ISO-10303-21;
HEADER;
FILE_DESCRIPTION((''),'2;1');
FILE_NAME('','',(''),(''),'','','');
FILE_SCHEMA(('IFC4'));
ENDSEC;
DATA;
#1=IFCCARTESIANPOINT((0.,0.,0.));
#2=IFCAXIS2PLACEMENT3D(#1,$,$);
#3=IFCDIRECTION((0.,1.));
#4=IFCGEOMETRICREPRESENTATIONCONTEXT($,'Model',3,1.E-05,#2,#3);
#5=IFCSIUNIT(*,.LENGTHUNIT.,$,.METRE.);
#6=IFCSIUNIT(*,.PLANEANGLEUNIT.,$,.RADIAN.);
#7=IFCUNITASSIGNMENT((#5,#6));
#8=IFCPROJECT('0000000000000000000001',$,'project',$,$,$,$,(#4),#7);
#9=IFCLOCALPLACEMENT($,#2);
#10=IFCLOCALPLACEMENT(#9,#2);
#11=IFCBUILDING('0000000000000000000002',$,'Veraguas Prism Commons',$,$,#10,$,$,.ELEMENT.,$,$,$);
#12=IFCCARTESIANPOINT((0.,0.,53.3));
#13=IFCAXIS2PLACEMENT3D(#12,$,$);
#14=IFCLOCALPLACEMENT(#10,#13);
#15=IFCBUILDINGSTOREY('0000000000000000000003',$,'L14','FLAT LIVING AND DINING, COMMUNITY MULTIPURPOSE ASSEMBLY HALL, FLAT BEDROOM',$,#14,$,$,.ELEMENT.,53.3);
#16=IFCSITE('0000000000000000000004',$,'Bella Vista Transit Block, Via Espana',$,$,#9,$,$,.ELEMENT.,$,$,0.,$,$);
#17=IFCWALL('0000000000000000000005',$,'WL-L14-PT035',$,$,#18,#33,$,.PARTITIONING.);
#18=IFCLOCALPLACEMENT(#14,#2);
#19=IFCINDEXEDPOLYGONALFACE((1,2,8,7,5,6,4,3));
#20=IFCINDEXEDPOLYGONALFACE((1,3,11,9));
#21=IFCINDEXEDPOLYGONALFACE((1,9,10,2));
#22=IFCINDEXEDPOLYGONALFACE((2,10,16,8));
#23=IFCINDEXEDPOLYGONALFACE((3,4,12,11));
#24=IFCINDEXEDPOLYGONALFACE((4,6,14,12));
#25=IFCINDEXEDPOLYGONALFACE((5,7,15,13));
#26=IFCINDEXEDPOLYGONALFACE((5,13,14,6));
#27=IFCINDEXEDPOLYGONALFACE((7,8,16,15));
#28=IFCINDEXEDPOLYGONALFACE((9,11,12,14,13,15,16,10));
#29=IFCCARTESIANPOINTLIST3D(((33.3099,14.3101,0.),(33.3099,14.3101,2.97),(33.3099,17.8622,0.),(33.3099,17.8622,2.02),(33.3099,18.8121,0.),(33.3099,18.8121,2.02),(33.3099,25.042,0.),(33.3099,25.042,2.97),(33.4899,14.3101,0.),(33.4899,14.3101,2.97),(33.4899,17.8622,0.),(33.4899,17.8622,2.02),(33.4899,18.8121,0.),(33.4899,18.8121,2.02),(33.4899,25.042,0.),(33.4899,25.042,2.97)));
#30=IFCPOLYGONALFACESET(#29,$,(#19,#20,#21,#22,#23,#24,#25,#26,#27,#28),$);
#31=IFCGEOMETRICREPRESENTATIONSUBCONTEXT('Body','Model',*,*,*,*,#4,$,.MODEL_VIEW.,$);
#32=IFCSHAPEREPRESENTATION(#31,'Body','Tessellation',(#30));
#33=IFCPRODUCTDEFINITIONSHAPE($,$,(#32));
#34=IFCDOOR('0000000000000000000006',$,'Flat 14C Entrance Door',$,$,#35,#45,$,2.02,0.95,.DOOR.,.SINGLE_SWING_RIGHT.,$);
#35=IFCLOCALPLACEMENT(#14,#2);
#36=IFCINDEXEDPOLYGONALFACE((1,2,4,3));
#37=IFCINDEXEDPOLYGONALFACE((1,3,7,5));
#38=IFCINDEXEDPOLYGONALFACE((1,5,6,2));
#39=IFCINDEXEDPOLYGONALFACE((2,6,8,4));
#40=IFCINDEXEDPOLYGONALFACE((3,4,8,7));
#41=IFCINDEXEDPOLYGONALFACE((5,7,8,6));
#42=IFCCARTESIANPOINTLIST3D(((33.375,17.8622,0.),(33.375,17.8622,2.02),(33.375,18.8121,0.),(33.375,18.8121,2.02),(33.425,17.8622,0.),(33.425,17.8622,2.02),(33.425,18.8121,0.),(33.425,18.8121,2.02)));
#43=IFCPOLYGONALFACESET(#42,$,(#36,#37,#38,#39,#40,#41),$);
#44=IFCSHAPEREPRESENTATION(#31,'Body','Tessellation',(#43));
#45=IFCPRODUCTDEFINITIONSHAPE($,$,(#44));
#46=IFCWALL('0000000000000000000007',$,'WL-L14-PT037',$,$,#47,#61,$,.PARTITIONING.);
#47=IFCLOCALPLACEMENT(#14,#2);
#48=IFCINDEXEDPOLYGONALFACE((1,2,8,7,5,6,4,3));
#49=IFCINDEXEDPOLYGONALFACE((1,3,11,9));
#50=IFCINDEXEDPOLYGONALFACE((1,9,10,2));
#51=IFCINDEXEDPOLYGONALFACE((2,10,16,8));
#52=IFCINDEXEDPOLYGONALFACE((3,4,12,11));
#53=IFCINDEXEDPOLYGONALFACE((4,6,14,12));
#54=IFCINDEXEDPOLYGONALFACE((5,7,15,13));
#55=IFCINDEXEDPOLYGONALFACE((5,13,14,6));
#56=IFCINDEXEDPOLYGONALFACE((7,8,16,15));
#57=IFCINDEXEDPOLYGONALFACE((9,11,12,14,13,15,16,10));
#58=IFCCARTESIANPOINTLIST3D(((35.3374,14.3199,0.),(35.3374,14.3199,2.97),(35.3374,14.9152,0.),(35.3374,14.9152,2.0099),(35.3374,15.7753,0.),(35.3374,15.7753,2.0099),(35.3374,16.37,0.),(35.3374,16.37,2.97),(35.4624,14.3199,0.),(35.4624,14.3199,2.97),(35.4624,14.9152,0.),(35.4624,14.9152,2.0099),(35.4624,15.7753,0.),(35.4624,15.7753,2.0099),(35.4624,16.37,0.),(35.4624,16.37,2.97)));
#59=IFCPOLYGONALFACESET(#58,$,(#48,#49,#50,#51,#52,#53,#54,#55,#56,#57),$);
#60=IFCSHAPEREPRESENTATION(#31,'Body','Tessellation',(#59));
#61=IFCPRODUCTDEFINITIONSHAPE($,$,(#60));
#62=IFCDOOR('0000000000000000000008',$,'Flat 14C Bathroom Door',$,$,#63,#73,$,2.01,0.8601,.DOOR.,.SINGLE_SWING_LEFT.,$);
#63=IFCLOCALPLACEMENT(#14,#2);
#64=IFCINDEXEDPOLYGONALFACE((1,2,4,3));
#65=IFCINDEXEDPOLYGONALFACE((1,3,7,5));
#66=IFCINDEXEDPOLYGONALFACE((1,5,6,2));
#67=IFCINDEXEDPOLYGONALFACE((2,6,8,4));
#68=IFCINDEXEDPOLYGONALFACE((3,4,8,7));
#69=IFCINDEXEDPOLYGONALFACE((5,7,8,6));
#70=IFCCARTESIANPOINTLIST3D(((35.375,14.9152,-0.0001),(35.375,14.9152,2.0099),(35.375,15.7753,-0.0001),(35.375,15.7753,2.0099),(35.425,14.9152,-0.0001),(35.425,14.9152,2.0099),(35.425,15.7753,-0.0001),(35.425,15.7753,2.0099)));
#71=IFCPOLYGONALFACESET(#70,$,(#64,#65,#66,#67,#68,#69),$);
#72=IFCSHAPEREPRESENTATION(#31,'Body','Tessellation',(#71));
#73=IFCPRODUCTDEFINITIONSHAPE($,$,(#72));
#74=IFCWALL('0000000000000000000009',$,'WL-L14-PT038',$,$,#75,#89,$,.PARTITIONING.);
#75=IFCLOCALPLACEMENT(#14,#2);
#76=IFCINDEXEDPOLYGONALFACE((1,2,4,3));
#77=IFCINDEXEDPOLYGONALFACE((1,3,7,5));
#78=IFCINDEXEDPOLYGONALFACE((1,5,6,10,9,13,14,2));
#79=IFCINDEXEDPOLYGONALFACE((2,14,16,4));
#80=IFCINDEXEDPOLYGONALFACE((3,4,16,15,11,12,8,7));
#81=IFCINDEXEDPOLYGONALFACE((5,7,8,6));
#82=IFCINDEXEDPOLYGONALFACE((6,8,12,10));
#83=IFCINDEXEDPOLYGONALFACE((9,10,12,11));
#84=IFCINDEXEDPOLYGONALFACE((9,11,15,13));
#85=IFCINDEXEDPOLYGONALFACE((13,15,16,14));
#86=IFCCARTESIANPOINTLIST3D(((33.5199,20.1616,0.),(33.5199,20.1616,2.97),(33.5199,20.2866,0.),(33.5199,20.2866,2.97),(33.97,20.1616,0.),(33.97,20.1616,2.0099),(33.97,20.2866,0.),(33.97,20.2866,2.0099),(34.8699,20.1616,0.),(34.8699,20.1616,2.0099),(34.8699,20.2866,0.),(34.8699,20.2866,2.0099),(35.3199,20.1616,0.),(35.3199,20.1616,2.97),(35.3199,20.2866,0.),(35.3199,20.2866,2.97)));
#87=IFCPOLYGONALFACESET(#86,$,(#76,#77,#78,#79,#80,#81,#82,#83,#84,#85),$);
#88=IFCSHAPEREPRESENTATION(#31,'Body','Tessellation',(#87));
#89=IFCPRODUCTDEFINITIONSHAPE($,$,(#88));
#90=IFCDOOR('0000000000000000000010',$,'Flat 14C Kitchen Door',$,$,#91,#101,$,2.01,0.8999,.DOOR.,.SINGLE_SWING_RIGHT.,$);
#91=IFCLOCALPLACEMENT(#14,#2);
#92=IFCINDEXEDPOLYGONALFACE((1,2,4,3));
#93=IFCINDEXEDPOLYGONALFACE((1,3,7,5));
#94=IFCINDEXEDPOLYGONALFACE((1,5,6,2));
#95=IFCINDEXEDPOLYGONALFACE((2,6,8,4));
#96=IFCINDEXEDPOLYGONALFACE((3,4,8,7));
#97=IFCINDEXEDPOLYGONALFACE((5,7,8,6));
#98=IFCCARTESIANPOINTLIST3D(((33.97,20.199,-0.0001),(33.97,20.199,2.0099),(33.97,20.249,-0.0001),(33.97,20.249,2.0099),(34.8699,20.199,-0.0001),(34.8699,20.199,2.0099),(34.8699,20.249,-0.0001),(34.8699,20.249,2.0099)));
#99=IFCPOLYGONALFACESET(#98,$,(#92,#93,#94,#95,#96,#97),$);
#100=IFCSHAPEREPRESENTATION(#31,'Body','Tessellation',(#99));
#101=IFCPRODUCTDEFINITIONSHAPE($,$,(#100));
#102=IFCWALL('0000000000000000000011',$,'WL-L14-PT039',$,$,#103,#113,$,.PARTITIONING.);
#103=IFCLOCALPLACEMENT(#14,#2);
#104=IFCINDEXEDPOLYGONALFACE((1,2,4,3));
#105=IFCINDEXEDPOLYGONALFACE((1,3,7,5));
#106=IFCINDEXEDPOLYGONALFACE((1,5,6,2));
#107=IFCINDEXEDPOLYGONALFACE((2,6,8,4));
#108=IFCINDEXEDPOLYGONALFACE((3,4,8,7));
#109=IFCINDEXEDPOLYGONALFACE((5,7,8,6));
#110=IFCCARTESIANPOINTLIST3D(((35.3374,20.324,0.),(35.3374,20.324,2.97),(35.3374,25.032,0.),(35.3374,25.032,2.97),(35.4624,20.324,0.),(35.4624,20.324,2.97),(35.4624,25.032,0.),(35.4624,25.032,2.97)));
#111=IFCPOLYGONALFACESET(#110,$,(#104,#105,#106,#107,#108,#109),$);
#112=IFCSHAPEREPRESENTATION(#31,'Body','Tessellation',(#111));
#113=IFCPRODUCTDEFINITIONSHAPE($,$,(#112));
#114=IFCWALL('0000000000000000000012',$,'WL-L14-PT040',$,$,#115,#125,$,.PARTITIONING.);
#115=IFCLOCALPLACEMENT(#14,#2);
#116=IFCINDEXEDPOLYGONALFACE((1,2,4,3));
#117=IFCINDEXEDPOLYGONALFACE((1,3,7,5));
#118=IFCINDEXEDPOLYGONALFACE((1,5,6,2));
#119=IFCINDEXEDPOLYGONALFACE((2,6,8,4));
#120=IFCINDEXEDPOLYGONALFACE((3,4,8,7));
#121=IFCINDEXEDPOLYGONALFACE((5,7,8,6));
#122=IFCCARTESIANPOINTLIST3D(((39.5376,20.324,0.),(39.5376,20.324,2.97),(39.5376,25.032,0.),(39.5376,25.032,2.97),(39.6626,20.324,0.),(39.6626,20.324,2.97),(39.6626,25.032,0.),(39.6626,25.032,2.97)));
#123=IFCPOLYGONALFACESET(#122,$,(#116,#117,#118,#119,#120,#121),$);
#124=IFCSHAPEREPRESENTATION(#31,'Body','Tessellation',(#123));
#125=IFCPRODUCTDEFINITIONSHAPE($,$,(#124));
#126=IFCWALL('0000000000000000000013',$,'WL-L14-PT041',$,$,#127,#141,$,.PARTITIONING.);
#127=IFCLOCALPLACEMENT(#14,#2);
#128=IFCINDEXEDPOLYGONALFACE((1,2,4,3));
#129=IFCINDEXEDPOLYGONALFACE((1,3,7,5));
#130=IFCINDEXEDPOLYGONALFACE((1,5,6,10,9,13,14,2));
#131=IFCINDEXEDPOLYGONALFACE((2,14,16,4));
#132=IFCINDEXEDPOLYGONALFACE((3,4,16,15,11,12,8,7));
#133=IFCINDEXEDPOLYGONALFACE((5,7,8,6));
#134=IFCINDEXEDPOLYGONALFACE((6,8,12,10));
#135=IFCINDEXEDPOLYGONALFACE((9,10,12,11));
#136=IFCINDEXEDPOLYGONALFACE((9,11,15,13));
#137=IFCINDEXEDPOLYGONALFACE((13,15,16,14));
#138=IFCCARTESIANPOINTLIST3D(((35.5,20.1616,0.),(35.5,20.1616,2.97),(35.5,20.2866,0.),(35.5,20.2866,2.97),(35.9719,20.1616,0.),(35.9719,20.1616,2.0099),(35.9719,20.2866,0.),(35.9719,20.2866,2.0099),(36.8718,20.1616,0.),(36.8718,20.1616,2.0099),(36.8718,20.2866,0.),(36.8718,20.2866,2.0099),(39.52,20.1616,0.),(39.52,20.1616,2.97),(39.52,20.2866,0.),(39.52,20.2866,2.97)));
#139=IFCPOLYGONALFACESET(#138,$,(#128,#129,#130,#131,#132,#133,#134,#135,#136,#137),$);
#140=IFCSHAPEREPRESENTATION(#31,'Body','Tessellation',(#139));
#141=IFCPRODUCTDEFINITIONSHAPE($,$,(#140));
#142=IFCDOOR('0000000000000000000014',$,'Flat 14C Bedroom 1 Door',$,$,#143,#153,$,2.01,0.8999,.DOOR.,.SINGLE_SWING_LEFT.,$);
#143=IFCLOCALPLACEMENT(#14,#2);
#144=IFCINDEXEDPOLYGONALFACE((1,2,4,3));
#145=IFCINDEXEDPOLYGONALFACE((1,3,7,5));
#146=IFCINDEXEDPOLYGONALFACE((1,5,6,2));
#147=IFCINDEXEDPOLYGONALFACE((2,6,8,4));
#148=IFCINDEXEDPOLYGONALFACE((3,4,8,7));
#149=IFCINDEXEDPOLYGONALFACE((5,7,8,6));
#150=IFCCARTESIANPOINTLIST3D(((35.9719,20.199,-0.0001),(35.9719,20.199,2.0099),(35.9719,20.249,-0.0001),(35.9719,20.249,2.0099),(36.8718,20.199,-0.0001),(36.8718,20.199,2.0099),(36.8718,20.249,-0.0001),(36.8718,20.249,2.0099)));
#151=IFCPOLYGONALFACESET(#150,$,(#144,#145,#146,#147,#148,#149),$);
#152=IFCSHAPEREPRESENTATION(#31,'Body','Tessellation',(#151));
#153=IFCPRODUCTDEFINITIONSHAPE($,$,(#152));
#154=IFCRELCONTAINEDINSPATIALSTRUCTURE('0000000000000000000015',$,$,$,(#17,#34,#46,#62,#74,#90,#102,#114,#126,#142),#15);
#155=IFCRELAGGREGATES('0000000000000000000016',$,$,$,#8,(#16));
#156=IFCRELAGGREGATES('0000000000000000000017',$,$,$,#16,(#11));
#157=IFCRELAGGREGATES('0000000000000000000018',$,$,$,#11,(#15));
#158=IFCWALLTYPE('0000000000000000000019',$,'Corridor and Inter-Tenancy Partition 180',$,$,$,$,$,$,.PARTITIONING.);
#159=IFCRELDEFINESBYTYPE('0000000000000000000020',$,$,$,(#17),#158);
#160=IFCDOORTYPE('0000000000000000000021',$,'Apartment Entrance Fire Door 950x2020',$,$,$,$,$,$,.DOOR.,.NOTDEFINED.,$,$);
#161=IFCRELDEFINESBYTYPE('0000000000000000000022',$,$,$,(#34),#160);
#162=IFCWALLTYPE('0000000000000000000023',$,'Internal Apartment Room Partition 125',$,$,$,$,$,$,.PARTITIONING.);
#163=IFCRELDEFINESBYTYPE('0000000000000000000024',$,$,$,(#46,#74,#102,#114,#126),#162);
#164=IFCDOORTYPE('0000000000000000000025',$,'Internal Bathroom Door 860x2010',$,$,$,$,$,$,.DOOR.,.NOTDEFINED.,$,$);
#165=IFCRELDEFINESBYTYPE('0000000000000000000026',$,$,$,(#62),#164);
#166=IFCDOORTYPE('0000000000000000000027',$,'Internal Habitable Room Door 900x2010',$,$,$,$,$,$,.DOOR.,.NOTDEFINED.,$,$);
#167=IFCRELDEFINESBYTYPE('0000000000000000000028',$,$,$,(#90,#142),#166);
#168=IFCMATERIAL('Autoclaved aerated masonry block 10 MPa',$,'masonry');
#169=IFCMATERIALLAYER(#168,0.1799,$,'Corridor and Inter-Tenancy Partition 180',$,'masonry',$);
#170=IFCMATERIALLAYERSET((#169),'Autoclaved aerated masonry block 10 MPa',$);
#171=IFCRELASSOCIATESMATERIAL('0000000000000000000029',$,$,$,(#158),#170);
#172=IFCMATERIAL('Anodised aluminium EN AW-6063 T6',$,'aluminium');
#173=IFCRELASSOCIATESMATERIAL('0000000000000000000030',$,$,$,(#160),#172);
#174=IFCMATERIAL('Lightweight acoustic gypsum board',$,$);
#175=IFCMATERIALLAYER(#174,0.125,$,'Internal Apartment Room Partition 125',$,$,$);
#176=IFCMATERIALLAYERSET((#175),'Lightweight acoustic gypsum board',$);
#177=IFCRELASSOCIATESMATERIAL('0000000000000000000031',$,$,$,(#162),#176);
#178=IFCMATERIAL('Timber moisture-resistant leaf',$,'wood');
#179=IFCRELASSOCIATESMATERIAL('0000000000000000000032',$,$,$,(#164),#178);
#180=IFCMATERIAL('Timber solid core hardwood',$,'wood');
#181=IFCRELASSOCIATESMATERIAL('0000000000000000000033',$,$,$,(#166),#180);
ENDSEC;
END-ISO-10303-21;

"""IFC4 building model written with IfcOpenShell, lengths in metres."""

from ifc_helpers import new_model, si_unit, direction, frame, frame_2d, origin, place, context, subcontext, project, spatial, rectangle, extrude, source, transform, mapped, material, layer, layer_set, type_object, element, fill, save


model = new_model("IFC4")

# Units and contexts
model_context = context("Model", 3, precision=1e-05, world=origin(), true_north=direction((0.0, 1.0)))
body_context = subcontext(model_context, "Body", "Model", "MODEL_VIEW")
ifc_project = project(units=[si_unit("LENGTHUNIT", "METRE"), si_unit("PLANEANGLEUNIT", "RADIAN")], contexts=[model_context])

# Site, building, storey
site_placement = place(None, origin())
site = spatial("IfcSite", under=ifc_project, at=site_placement, Name="Bella Vista Transit Block, Via Espana", CompositionType="ELEMENT", RefElevation=0.0)
building_placement = place(site_placement, origin())
building = spatial("IfcBuilding", under=site, at=building_placement, Name="Veraguas Prism Commons", CompositionType="ELEMENT")
storey_placement = place(building_placement, frame((0.0, 0.0, 53.3)))
storey = spatial("IfcBuildingStorey", under=building, at=storey_placement, Name="L14", Description="FLAT LIVING AND DINING, COMMUNITY MULTIPURPOSE ASSEMBLY HALL, FLAT BEDROOM", CompositionType="ELEMENT", Elevation=53.3)

# Shared definitions
ifc_material_1 = material(Name="Anodised aluminium EN AW-6063 T6", Category="aluminium")

# Walls, openings, doors
ifc_material_2 = material(Name="Autoclaved aerated masonry block 10 MPa", Category="masonry")
ifc_layer_1 = layer(ifc_material_2, 0.1799, Name="Corridor and Inter-Tenancy Partition 180", Category="masonry")
ifc_layer_set_1 = layer_set([ifc_layer_1], Name="Autoclaved aerated masonry block 10 MPa")
wall_type_1 = type_object("IfcWallType", Name="Corridor and Inter-Tenancy Partition 180", PredefinedType="PARTITIONING", material=ifc_layer_set_1)
wall_1_placement = place(storey_placement, frame((33.3999, 14.3101, 0.0), z_axis=(0.0, 0.0, 1.0), x_axis=(0.0, 1.0, 0.0)))
wall_1 = element("IfcWall", 1, at=wall_1_placement, inside=storey, type_object=wall_type_1, Name="WL-L14-PT035", PredefinedType="PARTITIONING", context=body_context, shape_type="SweptSolid", body=[
    extrude(rectangle(XDim=10.7319, YDim=0.1799, at=frame_2d((5.366, 0.0))), origin(), (0.0, 0.0, 1.0), 2.97),
])
opening_1_placement = place(wall_1_placement, frame((3.552, 0.0, 0.0)))
opening_1 = element("IfcOpeningElement", 2, at=opening_1_placement, cuts=wall_1, PredefinedType="OPENING", context=body_context, shape_type="SweptSolid", body=[
    extrude(rectangle(XDim=0.95, YDim=2.02, at=frame_2d((0.4751, 1.01))), frame((0.0, 0.0999, 0.0), z_axis=(0.0, -1.0, 0.0), x_axis=(1.0, 0.0, 0.0)), (0.0, 0.0, 1.0), 0.2),
])
door_type_1 = type_object("IfcDoorType", Name="Apartment Entrance Fire Door 950x2020", OperationType="NOTDEFINED", PredefinedType="DOOR", material=ifc_material_1)
shared_shape_1 = source(origin(), body_context, "Body", "SweptSolid", [
    extrude(rectangle(XDim=0.95, YDim=2.02, at=frame_2d((0.4751, 1.01))), frame((0.0, 0.0249, 0.0), z_axis=(0.0, -1.0, 0.0), x_axis=(1.0, 0.0, 0.0)), (0.0, 0.0, 1.0), 0.05),
])
door_1_placement = place(opening_1_placement, origin())
door_1 = element("IfcDoor", 3, at=door_1_placement, inside=storey, type_object=door_type_1, Name="Flat 14C Entrance Door", OperationType="SINGLE_SWING_RIGHT", OverallHeight=2.02, OverallWidth=0.95, PredefinedType="DOOR", context=body_context, shape_type="MappedRepresentation", body=[
    mapped(shared_shape_1, transform((0.0, 0.0, 0.0), scale=1.0)),
])
fill(opening_1, door_1)
ifc_material_3 = material(Name="Lightweight acoustic gypsum board")
ifc_layer_2 = layer(ifc_material_3, 0.125, Name="Internal Apartment Room Partition 125")
ifc_layer_set_2 = layer_set([ifc_layer_2], Name="Lightweight acoustic gypsum board")
wall_type_2 = type_object("IfcWallType", Name="Internal Apartment Room Partition 125", PredefinedType="PARTITIONING", material=ifc_layer_set_2)
wall_2_placement = place(storey_placement, frame((35.3999, 14.3201, 0.0), z_axis=(0.0, 0.0, 1.0), x_axis=(0.0, 1.0, 0.0)))
wall_2 = element("IfcWall", 4, at=wall_2_placement, inside=storey, type_object=wall_type_2, Name="WL-L14-PT037", PredefinedType="PARTITIONING", context=body_context, shape_type="SweptSolid", body=[
    extrude(rectangle(XDim=2.05, YDim=0.125, at=frame_2d((1.0249, 0.0))), origin(), (0.0, 0.0, 1.0), 2.97),
])
opening_2_placement = place(wall_2_placement, frame((0.595, 0.0, 0.0)))
opening_2 = element("IfcOpeningElement", 5, at=opening_2_placement, cuts=wall_2, PredefinedType="OPENING", context=body_context, shape_type="SweptSolid", body=[
    extrude(rectangle(XDim=0.8601, YDim=2.01, at=frame_2d((0.4302, 1.0049))), frame((0.0, 0.0725, 0.0), z_axis=(0.0, -1.0, 0.0), x_axis=(1.0, 0.0, 0.0)), (0.0, 0.0, 1.0), 0.145),
])
ifc_material_4 = material(Name="Timber moisture-resistant leaf", Category="wood")
door_type_2 = type_object("IfcDoorType", Name="Internal Bathroom Door 860x2010", OperationType="NOTDEFINED", PredefinedType="DOOR", material=ifc_material_4)
shared_shape_2 = source(origin(), body_context, "Body", "SweptSolid", [
    extrude(rectangle(XDim=0.8601, YDim=2.01, at=frame_2d((0.4302, 1.0049))), frame((0.0, 0.0249, 0.0), z_axis=(0.0, -1.0, 0.0), x_axis=(1.0, 0.0, 0.0)), (0.0, 0.0, 1.0), 0.05),
])
door_2_placement = place(opening_2_placement, origin())
door_2 = element("IfcDoor", 6, at=door_2_placement, inside=storey, type_object=door_type_2, Name="Flat 14C Bathroom Door", OperationType="SINGLE_SWING_LEFT", OverallHeight=2.01, OverallWidth=0.8601, PredefinedType="DOOR", context=body_context, shape_type="MappedRepresentation", body=[
    mapped(shared_shape_2, transform((0.0, 0.0, 0.0), scale=1.0)),
])
fill(opening_2, door_2)
wall_3_placement = place(storey_placement, frame((33.52, 20.2241, 0.0), z_axis=(0.0, 0.0, 1.0), x_axis=(1.0, 0.0, 0.0)))
wall_3 = element("IfcWall", 7, at=wall_3_placement, inside=storey, type_object=wall_type_2, Name="WL-L14-PT038", PredefinedType="PARTITIONING", context=body_context, shape_type="SweptSolid", body=[
    extrude(rectangle(XDim=1.8, YDim=0.125, at=frame_2d((0.8999, 0.0))), origin(), (0.0, 0.0, 1.0), 2.97),
])
opening_3_placement = place(wall_3_placement, frame((0.45, 0.0, 0.0)))
opening_3 = element("IfcOpeningElement", 8, at=opening_3_placement, cuts=wall_3, PredefinedType="OPENING", context=body_context, shape_type="SweptSolid", body=[
    extrude(rectangle(XDim=0.8999, YDim=2.01, at=frame_2d((0.45, 1.0049))), frame((0.0, 0.0725, 0.0), z_axis=(0.0, -1.0, 0.0), x_axis=(1.0, 0.0, 0.0)), (0.0, 0.0, 1.0), 0.145),
])
ifc_material_5 = material(Name="Timber solid core hardwood", Category="wood")
door_type_3 = type_object("IfcDoorType", Name="Internal Habitable Room Door 900x2010", OperationType="NOTDEFINED", PredefinedType="DOOR", material=ifc_material_5)
shared_shape_3 = source(origin(), body_context, "Body", "SweptSolid", [
    extrude(rectangle(XDim=0.8999, YDim=2.01, at=frame_2d((0.45, 1.0049))), frame((0.0, 0.0249, 0.0), z_axis=(0.0, -1.0, 0.0), x_axis=(1.0, 0.0, 0.0)), (0.0, 0.0, 1.0), 0.05),
])
door_3_placement = place(opening_3_placement, origin())
door_3 = element("IfcDoor", 9, at=door_3_placement, inside=storey, type_object=door_type_3, Name="Flat 14C Kitchen Door", OperationType="SINGLE_SWING_RIGHT", OverallHeight=2.01, OverallWidth=0.8999, PredefinedType="DOOR", context=body_context, shape_type="MappedRepresentation", body=[
    mapped(shared_shape_3, transform((0.0, 0.0, 0.0), scale=1.0)),
])
fill(opening_3, door_3)

# Walls
for number, where, z_axis, x_axis, name in (
    (10, (35.3999, 20.324, 0.0), (0.0, 0.0, 1.0), (0.0, 1.0, 0.0), "WL-L14-PT039"),
    (11, (39.6001, 20.324, 0.0), (0.0, 0.0, 1.0), (0.0, 1.0, 0.0), "WL-L14-PT040"),
):
    element("IfcWall", number, at=place(storey_placement, frame(where, z_axis=z_axis, x_axis=x_axis)), inside=storey, type_object=wall_type_2, Name=name, PredefinedType="PARTITIONING", context=body_context, shape_type="SweptSolid", body=[
        extrude(rectangle(XDim=4.708, YDim=0.125, at=frame_2d((2.354, 0.0))), origin(), (0.0, 0.0, 1.0), 2.97),
    ])

# Wall, opening, door
wall_4_placement = place(storey_placement, frame((35.5, 20.2241, 0.0), z_axis=(0.0, 0.0, 1.0), x_axis=(1.0, 0.0, 0.0)))
wall_4 = element("IfcWall", 12, at=wall_4_placement, inside=storey, type_object=wall_type_2, Name="WL-L14-PT041", PredefinedType="PARTITIONING", context=body_context, shape_type="SweptSolid", body=[
    extrude(rectangle(XDim=4.02, YDim=0.125, at=frame_2d((2.01, 0.0))), origin(), (0.0, 0.0, 1.0), 2.97),
])
opening_4_placement = place(wall_4_placement, frame((0.4719, 0.0, 0.0)))
opening_4 = element("IfcOpeningElement", 13, at=opening_4_placement, cuts=wall_4, PredefinedType="OPENING", context=body_context, shape_type="SweptSolid", body=[
    extrude(rectangle(XDim=0.8999, YDim=2.01, at=frame_2d((0.45, 1.0049))), frame((0.0, 0.0725, 0.0), z_axis=(0.0, -1.0, 0.0), x_axis=(1.0, 0.0, 0.0)), (0.0, 0.0, 1.0), 0.145),
])
door_4_placement = place(opening_4_placement, origin())
door_4 = element("IfcDoor", 14, at=door_4_placement, inside=storey, type_object=door_type_3, Name="Flat 14C Bedroom 1 Door", OperationType="SINGLE_SWING_LEFT", OverallHeight=2.01, OverallWidth=0.8999, PredefinedType="DOOR", context=body_context, shape_type="MappedRepresentation", body=[
    mapped(shared_shape_3, transform((0.0, 0.0, 0.0), scale=1.0)),
])
fill(opening_4, door_4)

save(model, "model.ifc")
